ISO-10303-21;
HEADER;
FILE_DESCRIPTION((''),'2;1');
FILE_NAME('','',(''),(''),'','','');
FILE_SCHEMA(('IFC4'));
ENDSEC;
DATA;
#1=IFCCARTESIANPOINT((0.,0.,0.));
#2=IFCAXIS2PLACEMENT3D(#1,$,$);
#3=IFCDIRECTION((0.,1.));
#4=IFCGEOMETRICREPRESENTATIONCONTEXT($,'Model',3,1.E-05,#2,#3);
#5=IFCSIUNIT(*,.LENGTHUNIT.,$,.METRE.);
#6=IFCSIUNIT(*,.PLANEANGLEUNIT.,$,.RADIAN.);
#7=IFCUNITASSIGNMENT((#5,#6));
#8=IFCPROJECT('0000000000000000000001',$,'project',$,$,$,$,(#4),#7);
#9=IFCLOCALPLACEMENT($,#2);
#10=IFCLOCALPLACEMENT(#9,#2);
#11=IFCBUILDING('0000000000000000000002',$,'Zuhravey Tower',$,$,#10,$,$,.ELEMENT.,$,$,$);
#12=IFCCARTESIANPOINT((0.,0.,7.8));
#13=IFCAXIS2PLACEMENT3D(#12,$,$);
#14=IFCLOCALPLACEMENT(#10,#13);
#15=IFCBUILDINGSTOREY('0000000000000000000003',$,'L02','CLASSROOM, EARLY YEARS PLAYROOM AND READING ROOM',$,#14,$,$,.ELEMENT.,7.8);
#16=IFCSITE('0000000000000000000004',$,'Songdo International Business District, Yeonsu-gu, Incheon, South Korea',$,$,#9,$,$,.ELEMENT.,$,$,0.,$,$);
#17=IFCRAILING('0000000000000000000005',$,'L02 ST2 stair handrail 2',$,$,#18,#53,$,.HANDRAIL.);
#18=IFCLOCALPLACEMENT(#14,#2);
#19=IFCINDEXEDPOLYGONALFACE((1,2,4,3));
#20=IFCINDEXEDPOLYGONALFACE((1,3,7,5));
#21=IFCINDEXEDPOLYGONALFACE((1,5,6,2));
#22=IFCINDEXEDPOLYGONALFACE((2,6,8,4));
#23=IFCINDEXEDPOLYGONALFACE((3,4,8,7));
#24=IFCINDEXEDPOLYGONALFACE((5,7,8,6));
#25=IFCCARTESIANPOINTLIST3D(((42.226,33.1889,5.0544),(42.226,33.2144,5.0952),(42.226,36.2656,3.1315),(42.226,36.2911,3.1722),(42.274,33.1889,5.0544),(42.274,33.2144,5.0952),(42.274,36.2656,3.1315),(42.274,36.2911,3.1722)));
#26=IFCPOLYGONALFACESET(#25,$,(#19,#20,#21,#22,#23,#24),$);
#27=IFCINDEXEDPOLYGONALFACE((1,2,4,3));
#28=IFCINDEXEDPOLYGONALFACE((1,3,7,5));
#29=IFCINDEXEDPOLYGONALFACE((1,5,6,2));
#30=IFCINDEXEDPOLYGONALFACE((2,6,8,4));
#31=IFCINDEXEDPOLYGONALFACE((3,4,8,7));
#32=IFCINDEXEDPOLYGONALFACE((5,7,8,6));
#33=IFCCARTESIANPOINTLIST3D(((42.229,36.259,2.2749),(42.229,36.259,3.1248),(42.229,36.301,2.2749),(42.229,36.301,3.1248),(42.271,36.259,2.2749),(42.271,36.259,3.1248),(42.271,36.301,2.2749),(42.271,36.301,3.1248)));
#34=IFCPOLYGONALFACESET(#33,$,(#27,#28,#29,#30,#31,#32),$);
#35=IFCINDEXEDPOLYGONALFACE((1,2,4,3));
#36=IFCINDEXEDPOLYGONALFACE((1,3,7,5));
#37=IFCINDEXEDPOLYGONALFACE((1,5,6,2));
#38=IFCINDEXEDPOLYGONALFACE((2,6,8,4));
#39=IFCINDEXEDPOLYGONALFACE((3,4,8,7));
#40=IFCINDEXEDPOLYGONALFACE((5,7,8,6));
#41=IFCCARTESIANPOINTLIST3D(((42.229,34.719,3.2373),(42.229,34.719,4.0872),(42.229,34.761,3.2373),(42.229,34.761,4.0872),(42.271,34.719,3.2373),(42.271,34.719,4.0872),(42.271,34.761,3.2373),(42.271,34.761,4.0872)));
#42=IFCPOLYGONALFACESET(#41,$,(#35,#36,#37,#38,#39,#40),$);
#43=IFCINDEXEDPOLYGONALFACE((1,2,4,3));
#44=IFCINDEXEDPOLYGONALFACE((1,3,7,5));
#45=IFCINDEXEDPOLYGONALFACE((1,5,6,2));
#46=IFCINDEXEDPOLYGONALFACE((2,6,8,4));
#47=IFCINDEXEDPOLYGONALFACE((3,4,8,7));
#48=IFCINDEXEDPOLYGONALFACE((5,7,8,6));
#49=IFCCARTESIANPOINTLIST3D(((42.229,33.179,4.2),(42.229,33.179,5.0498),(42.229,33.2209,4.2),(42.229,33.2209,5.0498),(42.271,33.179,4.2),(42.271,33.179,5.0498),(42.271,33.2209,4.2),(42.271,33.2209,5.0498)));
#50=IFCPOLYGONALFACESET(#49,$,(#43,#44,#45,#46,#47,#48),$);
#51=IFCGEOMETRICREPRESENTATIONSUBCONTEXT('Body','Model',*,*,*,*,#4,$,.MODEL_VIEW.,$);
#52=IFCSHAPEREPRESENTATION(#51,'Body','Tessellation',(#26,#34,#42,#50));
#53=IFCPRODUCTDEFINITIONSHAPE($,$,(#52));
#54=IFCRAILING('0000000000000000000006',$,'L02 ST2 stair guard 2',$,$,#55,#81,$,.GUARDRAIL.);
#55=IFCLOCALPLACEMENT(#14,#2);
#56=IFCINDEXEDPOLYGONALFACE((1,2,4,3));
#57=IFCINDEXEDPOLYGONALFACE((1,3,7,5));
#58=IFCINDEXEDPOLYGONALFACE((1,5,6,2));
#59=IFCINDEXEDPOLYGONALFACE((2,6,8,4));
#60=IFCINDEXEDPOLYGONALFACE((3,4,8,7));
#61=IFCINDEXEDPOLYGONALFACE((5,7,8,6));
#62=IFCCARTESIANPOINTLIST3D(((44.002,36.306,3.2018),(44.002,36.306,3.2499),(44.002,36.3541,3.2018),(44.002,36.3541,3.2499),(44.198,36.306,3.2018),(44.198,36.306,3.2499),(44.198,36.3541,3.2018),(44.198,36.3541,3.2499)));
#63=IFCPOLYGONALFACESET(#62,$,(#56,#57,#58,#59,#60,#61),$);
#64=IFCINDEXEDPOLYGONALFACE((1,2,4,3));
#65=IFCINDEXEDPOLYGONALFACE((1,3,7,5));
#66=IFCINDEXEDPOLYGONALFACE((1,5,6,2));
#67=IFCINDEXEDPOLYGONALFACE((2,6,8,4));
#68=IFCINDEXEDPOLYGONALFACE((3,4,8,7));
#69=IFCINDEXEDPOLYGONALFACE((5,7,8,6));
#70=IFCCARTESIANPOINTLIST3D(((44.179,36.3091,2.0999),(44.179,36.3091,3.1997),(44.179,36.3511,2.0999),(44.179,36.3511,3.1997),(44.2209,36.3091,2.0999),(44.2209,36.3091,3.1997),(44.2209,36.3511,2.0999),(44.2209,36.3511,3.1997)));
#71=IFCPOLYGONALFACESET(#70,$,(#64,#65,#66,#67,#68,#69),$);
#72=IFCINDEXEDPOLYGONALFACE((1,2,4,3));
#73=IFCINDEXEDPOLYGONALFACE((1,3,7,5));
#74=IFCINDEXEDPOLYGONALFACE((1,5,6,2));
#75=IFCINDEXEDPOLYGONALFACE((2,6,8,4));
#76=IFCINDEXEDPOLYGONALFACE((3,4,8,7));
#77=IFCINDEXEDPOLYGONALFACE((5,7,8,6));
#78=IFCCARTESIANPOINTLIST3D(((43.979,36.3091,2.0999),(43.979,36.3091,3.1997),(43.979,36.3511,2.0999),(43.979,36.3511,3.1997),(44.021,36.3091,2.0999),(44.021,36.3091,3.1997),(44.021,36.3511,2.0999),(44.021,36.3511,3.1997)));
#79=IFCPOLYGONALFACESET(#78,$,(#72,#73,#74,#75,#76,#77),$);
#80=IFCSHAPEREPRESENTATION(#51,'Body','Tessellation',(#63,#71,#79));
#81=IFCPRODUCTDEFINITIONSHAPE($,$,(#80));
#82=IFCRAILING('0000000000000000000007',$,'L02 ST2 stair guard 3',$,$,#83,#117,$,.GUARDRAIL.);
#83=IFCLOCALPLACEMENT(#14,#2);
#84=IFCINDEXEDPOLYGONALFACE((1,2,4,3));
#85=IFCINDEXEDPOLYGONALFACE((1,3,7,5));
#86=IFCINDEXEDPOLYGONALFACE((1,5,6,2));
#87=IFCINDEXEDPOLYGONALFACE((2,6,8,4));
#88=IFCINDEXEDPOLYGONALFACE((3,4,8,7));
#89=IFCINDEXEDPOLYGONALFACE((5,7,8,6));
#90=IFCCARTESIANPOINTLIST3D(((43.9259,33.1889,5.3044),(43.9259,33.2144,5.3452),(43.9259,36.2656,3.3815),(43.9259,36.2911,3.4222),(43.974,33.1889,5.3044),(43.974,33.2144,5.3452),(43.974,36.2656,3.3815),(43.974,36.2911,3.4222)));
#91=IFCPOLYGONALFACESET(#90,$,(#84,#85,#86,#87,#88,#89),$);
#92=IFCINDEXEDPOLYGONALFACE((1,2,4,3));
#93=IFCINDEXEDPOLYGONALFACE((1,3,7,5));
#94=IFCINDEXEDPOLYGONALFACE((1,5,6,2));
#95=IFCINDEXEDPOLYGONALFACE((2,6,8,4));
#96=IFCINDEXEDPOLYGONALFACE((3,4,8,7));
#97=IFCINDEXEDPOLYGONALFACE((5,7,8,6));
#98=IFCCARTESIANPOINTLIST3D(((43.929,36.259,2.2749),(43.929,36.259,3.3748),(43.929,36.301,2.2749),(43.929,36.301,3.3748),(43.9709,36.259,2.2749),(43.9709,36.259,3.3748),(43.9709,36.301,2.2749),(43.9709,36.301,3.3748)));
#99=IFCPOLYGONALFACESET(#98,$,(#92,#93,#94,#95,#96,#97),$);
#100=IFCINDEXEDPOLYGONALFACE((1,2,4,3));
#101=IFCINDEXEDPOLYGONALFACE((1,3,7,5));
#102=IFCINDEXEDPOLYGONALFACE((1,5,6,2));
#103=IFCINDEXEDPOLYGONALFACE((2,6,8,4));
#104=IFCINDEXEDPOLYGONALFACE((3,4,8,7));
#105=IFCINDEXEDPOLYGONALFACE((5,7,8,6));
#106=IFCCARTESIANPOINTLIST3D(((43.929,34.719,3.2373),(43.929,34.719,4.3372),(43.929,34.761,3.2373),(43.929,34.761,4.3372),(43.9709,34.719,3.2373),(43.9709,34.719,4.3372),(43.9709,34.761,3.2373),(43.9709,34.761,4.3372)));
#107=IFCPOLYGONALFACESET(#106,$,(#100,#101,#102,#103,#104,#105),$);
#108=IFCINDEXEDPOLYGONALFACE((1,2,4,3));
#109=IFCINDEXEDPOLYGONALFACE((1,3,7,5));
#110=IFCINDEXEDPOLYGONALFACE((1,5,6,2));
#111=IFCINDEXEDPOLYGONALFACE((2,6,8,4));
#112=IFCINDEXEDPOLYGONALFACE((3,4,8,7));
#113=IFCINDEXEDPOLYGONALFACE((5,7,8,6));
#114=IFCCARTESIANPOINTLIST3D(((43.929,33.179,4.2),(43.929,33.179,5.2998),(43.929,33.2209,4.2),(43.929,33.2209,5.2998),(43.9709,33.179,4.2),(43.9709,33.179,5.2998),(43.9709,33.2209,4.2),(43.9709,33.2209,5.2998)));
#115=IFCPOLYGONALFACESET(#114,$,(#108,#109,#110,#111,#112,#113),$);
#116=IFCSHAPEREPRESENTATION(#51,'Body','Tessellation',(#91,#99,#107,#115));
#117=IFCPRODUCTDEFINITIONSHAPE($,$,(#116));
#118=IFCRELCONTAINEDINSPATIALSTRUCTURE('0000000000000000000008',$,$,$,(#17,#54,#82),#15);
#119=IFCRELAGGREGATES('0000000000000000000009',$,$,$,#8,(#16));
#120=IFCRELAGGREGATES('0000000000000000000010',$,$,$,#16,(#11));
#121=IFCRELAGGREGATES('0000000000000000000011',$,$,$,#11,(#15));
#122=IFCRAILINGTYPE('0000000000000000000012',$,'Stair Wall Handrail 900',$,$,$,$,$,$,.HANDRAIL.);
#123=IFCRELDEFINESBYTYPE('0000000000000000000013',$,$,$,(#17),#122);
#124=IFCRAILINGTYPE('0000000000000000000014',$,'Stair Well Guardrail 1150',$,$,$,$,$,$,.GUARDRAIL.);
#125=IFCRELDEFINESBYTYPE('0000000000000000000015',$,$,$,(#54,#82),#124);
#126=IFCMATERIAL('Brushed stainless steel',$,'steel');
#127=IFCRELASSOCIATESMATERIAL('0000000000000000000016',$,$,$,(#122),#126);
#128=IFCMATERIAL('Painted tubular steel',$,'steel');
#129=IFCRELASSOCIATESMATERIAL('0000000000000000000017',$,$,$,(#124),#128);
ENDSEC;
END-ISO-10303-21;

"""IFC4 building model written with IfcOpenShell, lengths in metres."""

from ifc_helpers import new_model, si_unit, direction, frame, origin, origin_2d, place, context, subcontext, project, spatial, rectangle, extrude, material, type_object, element, save


model = new_model("IFC4")

# Units and contexts
model_context = context("Model", 3, precision=1e-05, world=origin(), true_north=direction((0.0, 1.0)))
body_context = subcontext(model_context, "Body", "Model", "MODEL_VIEW")
ifc_project = project(units=[si_unit("LENGTHUNIT", "METRE"), si_unit("PLANEANGLEUNIT", "RADIAN")], contexts=[model_context])

# Site, building, storey
site_placement = place(None, origin())
site = spatial("IfcSite", under=ifc_project, at=site_placement, Name="Songdo International Business District, Yeonsu-gu, Incheon, South Korea", CompositionType="ELEMENT", RefElevation=0.0)
building_placement = place(site_placement, origin())
building = spatial("IfcBuilding", under=site, at=building_placement, Name="Zuhravey Tower", CompositionType="ELEMENT")
storey_placement = place(building_placement, frame((0.0, 0.0, 7.8)))
storey = spatial("IfcBuildingStorey", under=building, at=storey_placement, Name="L02", Description="CLASSROOM, EARLY YEARS PLAYROOM AND READING ROOM", CompositionType="ELEMENT", Elevation=7.8)

# Railings
ifc_material_1 = material(Name="Brushed stainless steel", Category="steel")
railing_type_1 = type_object("IfcRailingType", Name="Stair Wall Handrail 900", PredefinedType="HANDRAIL", material=ifc_material_1)
railing_1_placement = place(storey_placement, frame((42.25, 36.28, 2.2749)))
element("IfcRailing", 1, at=railing_1_placement, inside=storey, type_object=railing_type_1, Name="L02 ST2 stair handrail 2", PredefinedType="HANDRAIL", context=body_context, shape_type="SweptSolid", body=[
    extrude(rectangle(XDim=0.0481, YDim=0.0481, at=origin_2d()), frame((0.0, -0.0017, 0.877), z_axis=(0.0, -0.847998, 0.529999), x_axis=(1.0, 0.0, 0.0)), (0.0, 0.0, 1.0), 3.6282),
    extrude(rectangle(XDim=0.042, YDim=0.042, at=origin_2d()), origin(), (0.0, 0.0, 1.0), 0.8499),
    extrude(rectangle(XDim=0.042, YDim=0.042, at=origin_2d()), frame((0.0, -1.54, 0.9624)), (0.0, 0.0, 1.0), 0.8499),
    extrude(rectangle(XDim=0.042, YDim=0.042, at=origin_2d()), frame((0.0, -3.0801, 1.925)), (0.0, 0.0, 1.0), 0.8499),
])
ifc_material_2 = material(Name="Painted tubular steel", Category="steel")
railing_type_2 = type_object("IfcRailingType", Name="Stair Well Guardrail 1150", PredefinedType="GUARDRAIL", material=ifc_material_2)
railing_2_placement = place(storey_placement, frame((44.2, 36.3301, 2.0999)))
element("IfcRailing", 2, at=railing_2_placement, inside=storey, type_object=railing_type_2, Name="L02 ST2 stair guard 2", PredefinedType="GUARDRAIL", context=body_context, shape_type="SweptSolid", body=[
    extrude(rectangle(XDim=0.0481, YDim=0.0481, at=origin_2d()), frame((-0.002, 0.0, 1.126), z_axis=(-1.0, 0.0, 0.0), x_axis=(0.0, -1.0, 0.0)), (0.0, 0.0, 1.0), 0.196),
    extrude(rectangle(XDim=0.042, YDim=0.042, at=origin_2d()), origin(), (0.0, 0.0, 1.0), 1.0999),
    extrude(rectangle(XDim=0.042, YDim=0.042, at=origin_2d()), frame((-0.2, 0.0, 0.0)), (0.0, 0.0, 1.0), 1.0999),
])
railing_3_placement = place(storey_placement, frame((43.95, 36.28, 2.2749)))
element("IfcRailing", 3, at=railing_3_placement, inside=storey, type_object=railing_type_2, Name="L02 ST2 stair guard 3", PredefinedType="GUARDRAIL", context=body_context, shape_type="SweptSolid", body=[
    extrude(rectangle(XDim=0.0481, YDim=0.0481, at=origin_2d()), frame((0.0, -0.0017, 1.127), z_axis=(0.0, -0.847998, 0.529999), x_axis=(1.0, 0.0, 0.0)), (0.0, 0.0, 1.0), 3.6282),
    extrude(rectangle(XDim=0.042, YDim=0.042, at=origin_2d()), origin(), (0.0, 0.0, 1.0), 1.0999),
    extrude(rectangle(XDim=0.042, YDim=0.042, at=origin_2d()), frame((0.0, -1.54, 0.9624)), (0.0, 0.0, 1.0), 1.0999),
    extrude(rectangle(XDim=0.042, YDim=0.042, at=origin_2d()), frame((0.0, -3.0801, 1.925)), (0.0, 0.0, 1.0), 1.0999),
])

save(model, "model.ifc")
